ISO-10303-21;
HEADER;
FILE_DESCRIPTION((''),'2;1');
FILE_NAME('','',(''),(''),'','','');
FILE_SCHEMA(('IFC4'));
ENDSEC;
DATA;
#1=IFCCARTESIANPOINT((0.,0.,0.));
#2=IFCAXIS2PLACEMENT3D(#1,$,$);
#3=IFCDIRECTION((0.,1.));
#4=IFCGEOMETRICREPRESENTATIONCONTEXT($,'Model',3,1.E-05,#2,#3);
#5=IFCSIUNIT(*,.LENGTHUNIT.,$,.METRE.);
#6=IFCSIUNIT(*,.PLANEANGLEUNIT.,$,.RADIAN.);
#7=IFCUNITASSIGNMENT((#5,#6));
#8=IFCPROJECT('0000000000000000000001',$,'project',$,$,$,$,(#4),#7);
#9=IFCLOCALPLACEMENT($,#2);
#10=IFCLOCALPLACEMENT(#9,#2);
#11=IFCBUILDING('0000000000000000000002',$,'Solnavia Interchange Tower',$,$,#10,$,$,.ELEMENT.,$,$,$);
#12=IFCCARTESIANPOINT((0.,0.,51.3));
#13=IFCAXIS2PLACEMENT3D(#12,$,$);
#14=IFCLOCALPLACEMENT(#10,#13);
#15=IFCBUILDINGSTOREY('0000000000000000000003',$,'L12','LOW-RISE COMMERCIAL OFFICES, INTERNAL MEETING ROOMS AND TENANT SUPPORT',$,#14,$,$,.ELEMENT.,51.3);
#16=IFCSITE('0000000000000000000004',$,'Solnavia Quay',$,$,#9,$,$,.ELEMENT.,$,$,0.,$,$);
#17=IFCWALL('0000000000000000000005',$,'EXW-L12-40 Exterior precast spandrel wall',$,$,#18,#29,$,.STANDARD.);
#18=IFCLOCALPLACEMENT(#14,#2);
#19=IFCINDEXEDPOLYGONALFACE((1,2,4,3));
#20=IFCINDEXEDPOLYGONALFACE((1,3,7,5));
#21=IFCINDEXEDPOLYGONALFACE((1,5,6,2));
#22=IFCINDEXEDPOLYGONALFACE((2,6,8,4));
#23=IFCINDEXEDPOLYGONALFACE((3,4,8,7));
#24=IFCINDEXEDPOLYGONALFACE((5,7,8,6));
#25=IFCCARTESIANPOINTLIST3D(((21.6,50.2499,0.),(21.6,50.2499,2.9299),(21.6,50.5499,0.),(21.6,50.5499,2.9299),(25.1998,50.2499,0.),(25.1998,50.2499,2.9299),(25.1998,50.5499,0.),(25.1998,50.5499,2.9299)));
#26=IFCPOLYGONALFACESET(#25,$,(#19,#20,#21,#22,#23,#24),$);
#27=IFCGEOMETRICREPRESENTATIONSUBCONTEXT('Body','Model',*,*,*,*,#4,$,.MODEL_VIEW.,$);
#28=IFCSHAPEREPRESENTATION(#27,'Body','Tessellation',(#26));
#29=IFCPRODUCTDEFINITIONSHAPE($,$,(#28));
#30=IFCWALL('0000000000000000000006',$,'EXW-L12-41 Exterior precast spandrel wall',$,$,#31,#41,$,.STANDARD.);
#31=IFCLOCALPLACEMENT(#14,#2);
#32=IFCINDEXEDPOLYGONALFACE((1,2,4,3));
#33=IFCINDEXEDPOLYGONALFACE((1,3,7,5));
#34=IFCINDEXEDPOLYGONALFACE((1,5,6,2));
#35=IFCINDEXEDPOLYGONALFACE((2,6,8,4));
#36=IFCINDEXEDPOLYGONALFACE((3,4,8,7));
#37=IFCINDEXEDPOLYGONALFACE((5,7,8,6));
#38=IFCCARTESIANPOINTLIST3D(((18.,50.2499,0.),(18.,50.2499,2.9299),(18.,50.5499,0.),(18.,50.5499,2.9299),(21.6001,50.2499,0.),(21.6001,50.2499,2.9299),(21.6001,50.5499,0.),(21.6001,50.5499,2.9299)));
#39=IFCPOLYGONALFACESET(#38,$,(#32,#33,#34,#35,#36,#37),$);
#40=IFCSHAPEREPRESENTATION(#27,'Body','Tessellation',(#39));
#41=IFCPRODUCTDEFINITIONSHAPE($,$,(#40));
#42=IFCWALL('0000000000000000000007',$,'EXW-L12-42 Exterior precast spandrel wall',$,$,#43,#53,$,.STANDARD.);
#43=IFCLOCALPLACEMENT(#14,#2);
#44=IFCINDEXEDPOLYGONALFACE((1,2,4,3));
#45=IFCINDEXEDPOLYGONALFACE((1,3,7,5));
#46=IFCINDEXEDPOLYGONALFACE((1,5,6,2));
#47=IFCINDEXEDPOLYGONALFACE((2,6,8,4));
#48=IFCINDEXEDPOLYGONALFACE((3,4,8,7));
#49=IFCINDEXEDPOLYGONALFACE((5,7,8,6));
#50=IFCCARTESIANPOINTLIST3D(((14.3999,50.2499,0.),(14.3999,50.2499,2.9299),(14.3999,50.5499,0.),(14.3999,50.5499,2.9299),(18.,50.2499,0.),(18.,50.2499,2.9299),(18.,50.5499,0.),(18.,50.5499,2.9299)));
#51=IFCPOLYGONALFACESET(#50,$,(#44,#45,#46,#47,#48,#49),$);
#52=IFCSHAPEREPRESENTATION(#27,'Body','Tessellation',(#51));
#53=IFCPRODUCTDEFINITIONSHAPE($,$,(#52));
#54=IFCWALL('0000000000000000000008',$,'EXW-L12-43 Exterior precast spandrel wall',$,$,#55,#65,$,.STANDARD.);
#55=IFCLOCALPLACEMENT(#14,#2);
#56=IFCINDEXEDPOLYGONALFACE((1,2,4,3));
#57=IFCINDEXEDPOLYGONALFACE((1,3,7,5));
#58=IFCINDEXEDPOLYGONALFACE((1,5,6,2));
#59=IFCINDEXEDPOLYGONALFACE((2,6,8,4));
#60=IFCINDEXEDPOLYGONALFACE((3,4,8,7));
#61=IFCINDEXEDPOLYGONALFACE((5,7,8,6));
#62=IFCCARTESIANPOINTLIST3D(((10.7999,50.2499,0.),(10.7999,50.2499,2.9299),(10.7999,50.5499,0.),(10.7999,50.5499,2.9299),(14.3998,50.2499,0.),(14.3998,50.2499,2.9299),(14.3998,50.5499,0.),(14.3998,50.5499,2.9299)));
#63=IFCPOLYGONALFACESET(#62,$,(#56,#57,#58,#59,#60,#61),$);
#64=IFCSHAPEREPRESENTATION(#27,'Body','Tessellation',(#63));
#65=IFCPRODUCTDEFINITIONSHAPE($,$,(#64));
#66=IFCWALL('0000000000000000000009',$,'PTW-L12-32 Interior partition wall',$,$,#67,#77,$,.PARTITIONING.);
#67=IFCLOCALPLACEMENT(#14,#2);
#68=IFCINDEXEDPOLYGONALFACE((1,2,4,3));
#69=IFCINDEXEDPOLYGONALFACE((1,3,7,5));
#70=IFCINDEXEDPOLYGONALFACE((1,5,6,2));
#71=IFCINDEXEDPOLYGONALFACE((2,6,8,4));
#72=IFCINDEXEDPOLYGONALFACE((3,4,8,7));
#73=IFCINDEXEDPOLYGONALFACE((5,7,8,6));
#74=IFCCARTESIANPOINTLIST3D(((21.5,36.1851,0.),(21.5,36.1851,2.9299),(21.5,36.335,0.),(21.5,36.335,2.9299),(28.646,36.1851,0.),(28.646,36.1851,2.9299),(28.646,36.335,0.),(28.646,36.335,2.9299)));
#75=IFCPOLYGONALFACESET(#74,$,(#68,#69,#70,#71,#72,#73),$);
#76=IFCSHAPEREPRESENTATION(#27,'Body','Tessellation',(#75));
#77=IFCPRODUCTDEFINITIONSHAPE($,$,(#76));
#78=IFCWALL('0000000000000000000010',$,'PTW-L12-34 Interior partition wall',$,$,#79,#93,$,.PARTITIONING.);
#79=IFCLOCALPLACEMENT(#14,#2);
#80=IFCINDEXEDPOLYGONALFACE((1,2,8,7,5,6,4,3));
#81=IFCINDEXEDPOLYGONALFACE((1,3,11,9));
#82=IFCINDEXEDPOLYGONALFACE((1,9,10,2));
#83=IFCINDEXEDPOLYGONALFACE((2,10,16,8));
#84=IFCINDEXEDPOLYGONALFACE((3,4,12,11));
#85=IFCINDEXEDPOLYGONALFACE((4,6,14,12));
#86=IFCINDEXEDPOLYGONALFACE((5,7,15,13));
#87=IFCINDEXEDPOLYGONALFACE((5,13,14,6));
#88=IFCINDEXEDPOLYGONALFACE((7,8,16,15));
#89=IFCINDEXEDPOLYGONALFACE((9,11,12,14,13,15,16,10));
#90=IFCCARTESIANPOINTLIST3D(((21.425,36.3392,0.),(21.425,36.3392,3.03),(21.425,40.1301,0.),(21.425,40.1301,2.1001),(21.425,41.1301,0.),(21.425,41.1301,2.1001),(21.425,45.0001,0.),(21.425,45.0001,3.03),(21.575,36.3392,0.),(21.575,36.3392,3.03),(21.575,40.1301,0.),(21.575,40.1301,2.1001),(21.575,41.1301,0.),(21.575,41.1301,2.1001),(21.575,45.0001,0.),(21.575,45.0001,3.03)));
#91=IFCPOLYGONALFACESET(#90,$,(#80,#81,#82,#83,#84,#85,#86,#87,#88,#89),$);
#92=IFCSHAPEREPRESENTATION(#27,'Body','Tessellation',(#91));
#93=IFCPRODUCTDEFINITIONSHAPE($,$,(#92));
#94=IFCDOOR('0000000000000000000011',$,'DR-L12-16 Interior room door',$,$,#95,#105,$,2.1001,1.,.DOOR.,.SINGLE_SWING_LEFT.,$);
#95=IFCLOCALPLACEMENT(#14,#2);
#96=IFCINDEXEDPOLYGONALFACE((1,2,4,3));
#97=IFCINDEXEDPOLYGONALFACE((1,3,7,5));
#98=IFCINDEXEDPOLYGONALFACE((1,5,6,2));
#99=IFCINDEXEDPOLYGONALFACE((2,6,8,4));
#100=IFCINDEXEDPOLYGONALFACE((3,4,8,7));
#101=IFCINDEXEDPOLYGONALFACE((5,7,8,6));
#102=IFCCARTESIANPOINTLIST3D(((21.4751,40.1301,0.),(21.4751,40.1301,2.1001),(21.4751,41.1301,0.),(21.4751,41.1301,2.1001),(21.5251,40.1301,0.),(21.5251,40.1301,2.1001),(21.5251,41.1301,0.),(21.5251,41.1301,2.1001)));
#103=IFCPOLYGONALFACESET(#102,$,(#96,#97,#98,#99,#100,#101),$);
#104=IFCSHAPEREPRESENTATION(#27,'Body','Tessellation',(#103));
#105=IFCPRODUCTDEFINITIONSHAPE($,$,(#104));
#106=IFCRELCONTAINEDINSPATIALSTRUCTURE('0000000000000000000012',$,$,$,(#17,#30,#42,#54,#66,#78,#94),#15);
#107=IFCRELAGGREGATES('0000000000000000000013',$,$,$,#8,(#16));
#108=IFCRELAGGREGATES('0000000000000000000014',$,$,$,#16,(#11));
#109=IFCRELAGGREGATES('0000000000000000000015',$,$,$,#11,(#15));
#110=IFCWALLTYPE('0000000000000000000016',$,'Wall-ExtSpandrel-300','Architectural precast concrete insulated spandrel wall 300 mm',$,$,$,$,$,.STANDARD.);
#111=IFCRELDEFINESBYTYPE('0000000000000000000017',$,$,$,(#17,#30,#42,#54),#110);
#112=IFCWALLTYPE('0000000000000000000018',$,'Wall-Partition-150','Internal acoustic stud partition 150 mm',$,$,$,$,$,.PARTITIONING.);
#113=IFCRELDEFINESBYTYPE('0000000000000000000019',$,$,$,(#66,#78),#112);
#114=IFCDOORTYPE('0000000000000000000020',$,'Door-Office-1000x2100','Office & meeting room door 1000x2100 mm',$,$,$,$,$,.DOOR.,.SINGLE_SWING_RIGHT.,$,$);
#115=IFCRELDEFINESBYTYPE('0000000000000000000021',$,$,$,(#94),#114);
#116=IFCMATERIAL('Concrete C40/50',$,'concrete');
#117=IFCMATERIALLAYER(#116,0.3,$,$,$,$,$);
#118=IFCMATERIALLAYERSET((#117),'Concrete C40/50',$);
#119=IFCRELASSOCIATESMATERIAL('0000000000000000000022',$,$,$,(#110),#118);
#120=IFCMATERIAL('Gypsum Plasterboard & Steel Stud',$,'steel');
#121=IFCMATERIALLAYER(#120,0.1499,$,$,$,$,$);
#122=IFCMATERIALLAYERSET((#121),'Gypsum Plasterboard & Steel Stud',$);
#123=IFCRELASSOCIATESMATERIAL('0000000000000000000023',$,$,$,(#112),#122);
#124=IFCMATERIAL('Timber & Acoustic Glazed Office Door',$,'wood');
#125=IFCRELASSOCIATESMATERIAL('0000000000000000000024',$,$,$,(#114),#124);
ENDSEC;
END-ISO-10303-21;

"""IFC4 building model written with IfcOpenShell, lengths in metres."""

from ifc_helpers import new_model, si_unit, direction, frame, frame_2d, origin, place, context, subcontext, project, spatial, rectangle, extrude, material, layer, layer_set, type_object, element, fill, save


model = new_model("IFC4")

# Units and contexts
model_context = context("Model", 3, precision=1e-05, world=origin(), true_north=direction((0.0, 1.0)))
body_context = subcontext(model_context, "Body", "Model", "MODEL_VIEW")
ifc_project = project(units=[si_unit("LENGTHUNIT", "METRE"), si_unit("PLANEANGLEUNIT", "RADIAN")], contexts=[model_context])

# Site, building, storey
site_placement = place(None, origin())
site = spatial("IfcSite", under=ifc_project, at=site_placement, Name="Solnavia Quay", CompositionType="ELEMENT", RefElevation=0.0)
building_placement = place(site_placement, origin())
building = spatial("IfcBuilding", under=site, at=building_placement, Name="Solnavia Interchange Tower", CompositionType="ELEMENT")
storey_placement = place(building_placement, frame((0.0, 0.0, 51.3)))
storey = spatial("IfcBuildingStorey", under=building, at=storey_placement, Name="L12", Description="LOW-RISE COMMERCIAL OFFICES, INTERNAL MEETING ROOMS AND TENANT SUPPORT", CompositionType="ELEMENT", Elevation=51.3)

# Walls
ifc_material_1 = material(Name="Concrete C40/50", Category="concrete")
ifc_layer_1 = layer(ifc_material_1, 0.3)
ifc_layer_set_1 = layer_set([ifc_layer_1], Name="Concrete C40/50")
wall_type_1 = type_object("IfcWallType", Name="Wall-ExtSpandrel-300", Description="Architectural precast concrete insulated spandrel wall 300 mm", PredefinedType="STANDARD", material=ifc_layer_set_1)
wall_1_placement = place(storey_placement, frame((21.6001, 50.3999, 0.0), z_axis=(0.0, 0.0, 1.0), x_axis=(1.0, 0.0, 0.0)))
element("IfcWall", 1, at=wall_1_placement, inside=storey, type_object=wall_type_1, Name="EXW-L12-40 Exterior precast spandrel wall", PredefinedType="STANDARD", context=body_context, shape_type="SweptSolid", body=[
    extrude(rectangle(XDim=3.5999, YDim=0.3, at=frame_2d((1.7998, 0.0))), origin(), (0.0, 0.0, 1.0), 2.9299),
])
for number, where, z_axis, x_axis, name in (
    (2, (18.0, 50.3999, 0.0), (0.0, 0.0, 1.0), (1.0, 0.0, 0.0), "EXW-L12-41 Exterior precast spandrel wall"),
    (3, (14.3999, 50.3999, 0.0), (0.0, 0.0, 1.0), (1.0, 0.0, 0.0), "EXW-L12-42 Exterior precast spandrel wall"),
):
    element("IfcWall", number, at=place(storey_placement, frame(where, z_axis=z_axis, x_axis=x_axis)), inside=storey, type_object=wall_type_1, Name=name, PredefinedType="STANDARD", context=body_context, shape_type="SweptSolid", body=[
        extrude(rectangle(XDim=3.6001, YDim=0.3, at=frame_2d((1.8, 0.0))), origin(), (0.0, 0.0, 1.0), 2.9299),
    ])
wall_2_placement = place(storey_placement, frame((10.8, 50.3999, 0.0), z_axis=(0.0, 0.0, 1.0), x_axis=(1.0, 0.0, 0.0)))
element("IfcWall", 4, at=wall_2_placement, inside=storey, type_object=wall_type_1, Name="EXW-L12-43 Exterior precast spandrel wall", PredefinedType="STANDARD", context=body_context, shape_type="SweptSolid", body=[
    extrude(rectangle(XDim=3.5999, YDim=0.3, at=frame_2d((1.7998, 0.0))), origin(), (0.0, 0.0, 1.0), 2.9299),
])
ifc_material_2 = material(Name="Gypsum Plasterboard & Steel Stud", Category="steel")
ifc_layer_2 = layer(ifc_material_2, 0.1499)
ifc_layer_set_2 = layer_set([ifc_layer_2], Name="Gypsum Plasterboard & Steel Stud")
wall_type_2 = type_object("IfcWallType", Name="Wall-Partition-150", Description="Internal acoustic stud partition 150 mm", PredefinedType="PARTITIONING", material=ifc_layer_set_2)
wall_3_placement = place(storey_placement, frame((21.5, 36.26, 0.0), z_axis=(0.0, 0.0, 1.0), x_axis=(1.0, 0.0, 0.0)))
element("IfcWall", 5, at=wall_3_placement, inside=storey, type_object=wall_type_2, Name="PTW-L12-32 Interior partition wall", PredefinedType="PARTITIONING", context=body_context, shape_type="SweptSolid", body=[
    extrude(rectangle(XDim=7.146, YDim=0.1499, at=frame_2d((3.573, 0.0))), origin(), (0.0, 0.0, 1.0), 2.9299),
])

# Wall, opening, door
wall_4_placement = place(storey_placement, frame((21.5, 36.3391, 0.0), z_axis=(0.0, 0.0, 1.0), x_axis=(0.0, 1.0, 0.0)))
wall_4 = element("IfcWall", 6, at=wall_4_placement, inside=storey, type_object=wall_type_2, Name="PTW-L12-34 Interior partition wall", PredefinedType="PARTITIONING", context=body_context, shape_type="SweptSolid", body=[
    extrude(rectangle(XDim=8.6609, YDim=0.1499, at=frame_2d((4.3306, 0.0))), origin(), (0.0, 0.0, 1.0), 3.03),
])
opening_1_placement = place(wall_4_placement, frame((3.791, 0.0, 0.0)))
opening_1 = element("IfcOpeningElement", 7, at=opening_1_placement, cuts=wall_4, PredefinedType="OPENING", context=body_context, shape_type="SweptSolid", body=[
    extrude(rectangle(XDim=1.0, YDim=2.1001, at=frame_2d((0.5, 1.05))), frame((0.0, 0.085, 0.0), z_axis=(0.0, -1.0, 0.0), x_axis=(1.0, 0.0, 0.0)), (0.0, 0.0, 1.0), 0.1699),
])
ifc_material_3 = material(Name="Timber & Acoustic Glazed Office Door", Category="wood")
door_type_1 = type_object("IfcDoorType", Name="Door-Office-1000x2100", Description="Office & meeting room door 1000x2100 mm", OperationType="SINGLE_SWING_RIGHT", PredefinedType="DOOR", material=ifc_material_3)
door_1_placement = place(opening_1_placement, origin())
door_1 = element("IfcDoor", 8, at=door_1_placement, inside=storey, type_object=door_type_1, Name="DR-L12-16 Interior room door", OperationType="SINGLE_SWING_LEFT", OverallHeight=2.1001, OverallWidth=1.0, PredefinedType="DOOR", context=body_context, shape_type="SweptSolid", body=[
    extrude(rectangle(XDim=1.0, YDim=2.1001, at=frame_2d((0.5, 1.05))), frame((0.0, 0.0249, 0.0), z_axis=(0.0, -1.0, 0.0), x_axis=(1.0, 0.0, 0.0)), (0.0, 0.0, 1.0), 0.05),
])
fill(opening_1, door_1)

save(model, "model.ifc")
